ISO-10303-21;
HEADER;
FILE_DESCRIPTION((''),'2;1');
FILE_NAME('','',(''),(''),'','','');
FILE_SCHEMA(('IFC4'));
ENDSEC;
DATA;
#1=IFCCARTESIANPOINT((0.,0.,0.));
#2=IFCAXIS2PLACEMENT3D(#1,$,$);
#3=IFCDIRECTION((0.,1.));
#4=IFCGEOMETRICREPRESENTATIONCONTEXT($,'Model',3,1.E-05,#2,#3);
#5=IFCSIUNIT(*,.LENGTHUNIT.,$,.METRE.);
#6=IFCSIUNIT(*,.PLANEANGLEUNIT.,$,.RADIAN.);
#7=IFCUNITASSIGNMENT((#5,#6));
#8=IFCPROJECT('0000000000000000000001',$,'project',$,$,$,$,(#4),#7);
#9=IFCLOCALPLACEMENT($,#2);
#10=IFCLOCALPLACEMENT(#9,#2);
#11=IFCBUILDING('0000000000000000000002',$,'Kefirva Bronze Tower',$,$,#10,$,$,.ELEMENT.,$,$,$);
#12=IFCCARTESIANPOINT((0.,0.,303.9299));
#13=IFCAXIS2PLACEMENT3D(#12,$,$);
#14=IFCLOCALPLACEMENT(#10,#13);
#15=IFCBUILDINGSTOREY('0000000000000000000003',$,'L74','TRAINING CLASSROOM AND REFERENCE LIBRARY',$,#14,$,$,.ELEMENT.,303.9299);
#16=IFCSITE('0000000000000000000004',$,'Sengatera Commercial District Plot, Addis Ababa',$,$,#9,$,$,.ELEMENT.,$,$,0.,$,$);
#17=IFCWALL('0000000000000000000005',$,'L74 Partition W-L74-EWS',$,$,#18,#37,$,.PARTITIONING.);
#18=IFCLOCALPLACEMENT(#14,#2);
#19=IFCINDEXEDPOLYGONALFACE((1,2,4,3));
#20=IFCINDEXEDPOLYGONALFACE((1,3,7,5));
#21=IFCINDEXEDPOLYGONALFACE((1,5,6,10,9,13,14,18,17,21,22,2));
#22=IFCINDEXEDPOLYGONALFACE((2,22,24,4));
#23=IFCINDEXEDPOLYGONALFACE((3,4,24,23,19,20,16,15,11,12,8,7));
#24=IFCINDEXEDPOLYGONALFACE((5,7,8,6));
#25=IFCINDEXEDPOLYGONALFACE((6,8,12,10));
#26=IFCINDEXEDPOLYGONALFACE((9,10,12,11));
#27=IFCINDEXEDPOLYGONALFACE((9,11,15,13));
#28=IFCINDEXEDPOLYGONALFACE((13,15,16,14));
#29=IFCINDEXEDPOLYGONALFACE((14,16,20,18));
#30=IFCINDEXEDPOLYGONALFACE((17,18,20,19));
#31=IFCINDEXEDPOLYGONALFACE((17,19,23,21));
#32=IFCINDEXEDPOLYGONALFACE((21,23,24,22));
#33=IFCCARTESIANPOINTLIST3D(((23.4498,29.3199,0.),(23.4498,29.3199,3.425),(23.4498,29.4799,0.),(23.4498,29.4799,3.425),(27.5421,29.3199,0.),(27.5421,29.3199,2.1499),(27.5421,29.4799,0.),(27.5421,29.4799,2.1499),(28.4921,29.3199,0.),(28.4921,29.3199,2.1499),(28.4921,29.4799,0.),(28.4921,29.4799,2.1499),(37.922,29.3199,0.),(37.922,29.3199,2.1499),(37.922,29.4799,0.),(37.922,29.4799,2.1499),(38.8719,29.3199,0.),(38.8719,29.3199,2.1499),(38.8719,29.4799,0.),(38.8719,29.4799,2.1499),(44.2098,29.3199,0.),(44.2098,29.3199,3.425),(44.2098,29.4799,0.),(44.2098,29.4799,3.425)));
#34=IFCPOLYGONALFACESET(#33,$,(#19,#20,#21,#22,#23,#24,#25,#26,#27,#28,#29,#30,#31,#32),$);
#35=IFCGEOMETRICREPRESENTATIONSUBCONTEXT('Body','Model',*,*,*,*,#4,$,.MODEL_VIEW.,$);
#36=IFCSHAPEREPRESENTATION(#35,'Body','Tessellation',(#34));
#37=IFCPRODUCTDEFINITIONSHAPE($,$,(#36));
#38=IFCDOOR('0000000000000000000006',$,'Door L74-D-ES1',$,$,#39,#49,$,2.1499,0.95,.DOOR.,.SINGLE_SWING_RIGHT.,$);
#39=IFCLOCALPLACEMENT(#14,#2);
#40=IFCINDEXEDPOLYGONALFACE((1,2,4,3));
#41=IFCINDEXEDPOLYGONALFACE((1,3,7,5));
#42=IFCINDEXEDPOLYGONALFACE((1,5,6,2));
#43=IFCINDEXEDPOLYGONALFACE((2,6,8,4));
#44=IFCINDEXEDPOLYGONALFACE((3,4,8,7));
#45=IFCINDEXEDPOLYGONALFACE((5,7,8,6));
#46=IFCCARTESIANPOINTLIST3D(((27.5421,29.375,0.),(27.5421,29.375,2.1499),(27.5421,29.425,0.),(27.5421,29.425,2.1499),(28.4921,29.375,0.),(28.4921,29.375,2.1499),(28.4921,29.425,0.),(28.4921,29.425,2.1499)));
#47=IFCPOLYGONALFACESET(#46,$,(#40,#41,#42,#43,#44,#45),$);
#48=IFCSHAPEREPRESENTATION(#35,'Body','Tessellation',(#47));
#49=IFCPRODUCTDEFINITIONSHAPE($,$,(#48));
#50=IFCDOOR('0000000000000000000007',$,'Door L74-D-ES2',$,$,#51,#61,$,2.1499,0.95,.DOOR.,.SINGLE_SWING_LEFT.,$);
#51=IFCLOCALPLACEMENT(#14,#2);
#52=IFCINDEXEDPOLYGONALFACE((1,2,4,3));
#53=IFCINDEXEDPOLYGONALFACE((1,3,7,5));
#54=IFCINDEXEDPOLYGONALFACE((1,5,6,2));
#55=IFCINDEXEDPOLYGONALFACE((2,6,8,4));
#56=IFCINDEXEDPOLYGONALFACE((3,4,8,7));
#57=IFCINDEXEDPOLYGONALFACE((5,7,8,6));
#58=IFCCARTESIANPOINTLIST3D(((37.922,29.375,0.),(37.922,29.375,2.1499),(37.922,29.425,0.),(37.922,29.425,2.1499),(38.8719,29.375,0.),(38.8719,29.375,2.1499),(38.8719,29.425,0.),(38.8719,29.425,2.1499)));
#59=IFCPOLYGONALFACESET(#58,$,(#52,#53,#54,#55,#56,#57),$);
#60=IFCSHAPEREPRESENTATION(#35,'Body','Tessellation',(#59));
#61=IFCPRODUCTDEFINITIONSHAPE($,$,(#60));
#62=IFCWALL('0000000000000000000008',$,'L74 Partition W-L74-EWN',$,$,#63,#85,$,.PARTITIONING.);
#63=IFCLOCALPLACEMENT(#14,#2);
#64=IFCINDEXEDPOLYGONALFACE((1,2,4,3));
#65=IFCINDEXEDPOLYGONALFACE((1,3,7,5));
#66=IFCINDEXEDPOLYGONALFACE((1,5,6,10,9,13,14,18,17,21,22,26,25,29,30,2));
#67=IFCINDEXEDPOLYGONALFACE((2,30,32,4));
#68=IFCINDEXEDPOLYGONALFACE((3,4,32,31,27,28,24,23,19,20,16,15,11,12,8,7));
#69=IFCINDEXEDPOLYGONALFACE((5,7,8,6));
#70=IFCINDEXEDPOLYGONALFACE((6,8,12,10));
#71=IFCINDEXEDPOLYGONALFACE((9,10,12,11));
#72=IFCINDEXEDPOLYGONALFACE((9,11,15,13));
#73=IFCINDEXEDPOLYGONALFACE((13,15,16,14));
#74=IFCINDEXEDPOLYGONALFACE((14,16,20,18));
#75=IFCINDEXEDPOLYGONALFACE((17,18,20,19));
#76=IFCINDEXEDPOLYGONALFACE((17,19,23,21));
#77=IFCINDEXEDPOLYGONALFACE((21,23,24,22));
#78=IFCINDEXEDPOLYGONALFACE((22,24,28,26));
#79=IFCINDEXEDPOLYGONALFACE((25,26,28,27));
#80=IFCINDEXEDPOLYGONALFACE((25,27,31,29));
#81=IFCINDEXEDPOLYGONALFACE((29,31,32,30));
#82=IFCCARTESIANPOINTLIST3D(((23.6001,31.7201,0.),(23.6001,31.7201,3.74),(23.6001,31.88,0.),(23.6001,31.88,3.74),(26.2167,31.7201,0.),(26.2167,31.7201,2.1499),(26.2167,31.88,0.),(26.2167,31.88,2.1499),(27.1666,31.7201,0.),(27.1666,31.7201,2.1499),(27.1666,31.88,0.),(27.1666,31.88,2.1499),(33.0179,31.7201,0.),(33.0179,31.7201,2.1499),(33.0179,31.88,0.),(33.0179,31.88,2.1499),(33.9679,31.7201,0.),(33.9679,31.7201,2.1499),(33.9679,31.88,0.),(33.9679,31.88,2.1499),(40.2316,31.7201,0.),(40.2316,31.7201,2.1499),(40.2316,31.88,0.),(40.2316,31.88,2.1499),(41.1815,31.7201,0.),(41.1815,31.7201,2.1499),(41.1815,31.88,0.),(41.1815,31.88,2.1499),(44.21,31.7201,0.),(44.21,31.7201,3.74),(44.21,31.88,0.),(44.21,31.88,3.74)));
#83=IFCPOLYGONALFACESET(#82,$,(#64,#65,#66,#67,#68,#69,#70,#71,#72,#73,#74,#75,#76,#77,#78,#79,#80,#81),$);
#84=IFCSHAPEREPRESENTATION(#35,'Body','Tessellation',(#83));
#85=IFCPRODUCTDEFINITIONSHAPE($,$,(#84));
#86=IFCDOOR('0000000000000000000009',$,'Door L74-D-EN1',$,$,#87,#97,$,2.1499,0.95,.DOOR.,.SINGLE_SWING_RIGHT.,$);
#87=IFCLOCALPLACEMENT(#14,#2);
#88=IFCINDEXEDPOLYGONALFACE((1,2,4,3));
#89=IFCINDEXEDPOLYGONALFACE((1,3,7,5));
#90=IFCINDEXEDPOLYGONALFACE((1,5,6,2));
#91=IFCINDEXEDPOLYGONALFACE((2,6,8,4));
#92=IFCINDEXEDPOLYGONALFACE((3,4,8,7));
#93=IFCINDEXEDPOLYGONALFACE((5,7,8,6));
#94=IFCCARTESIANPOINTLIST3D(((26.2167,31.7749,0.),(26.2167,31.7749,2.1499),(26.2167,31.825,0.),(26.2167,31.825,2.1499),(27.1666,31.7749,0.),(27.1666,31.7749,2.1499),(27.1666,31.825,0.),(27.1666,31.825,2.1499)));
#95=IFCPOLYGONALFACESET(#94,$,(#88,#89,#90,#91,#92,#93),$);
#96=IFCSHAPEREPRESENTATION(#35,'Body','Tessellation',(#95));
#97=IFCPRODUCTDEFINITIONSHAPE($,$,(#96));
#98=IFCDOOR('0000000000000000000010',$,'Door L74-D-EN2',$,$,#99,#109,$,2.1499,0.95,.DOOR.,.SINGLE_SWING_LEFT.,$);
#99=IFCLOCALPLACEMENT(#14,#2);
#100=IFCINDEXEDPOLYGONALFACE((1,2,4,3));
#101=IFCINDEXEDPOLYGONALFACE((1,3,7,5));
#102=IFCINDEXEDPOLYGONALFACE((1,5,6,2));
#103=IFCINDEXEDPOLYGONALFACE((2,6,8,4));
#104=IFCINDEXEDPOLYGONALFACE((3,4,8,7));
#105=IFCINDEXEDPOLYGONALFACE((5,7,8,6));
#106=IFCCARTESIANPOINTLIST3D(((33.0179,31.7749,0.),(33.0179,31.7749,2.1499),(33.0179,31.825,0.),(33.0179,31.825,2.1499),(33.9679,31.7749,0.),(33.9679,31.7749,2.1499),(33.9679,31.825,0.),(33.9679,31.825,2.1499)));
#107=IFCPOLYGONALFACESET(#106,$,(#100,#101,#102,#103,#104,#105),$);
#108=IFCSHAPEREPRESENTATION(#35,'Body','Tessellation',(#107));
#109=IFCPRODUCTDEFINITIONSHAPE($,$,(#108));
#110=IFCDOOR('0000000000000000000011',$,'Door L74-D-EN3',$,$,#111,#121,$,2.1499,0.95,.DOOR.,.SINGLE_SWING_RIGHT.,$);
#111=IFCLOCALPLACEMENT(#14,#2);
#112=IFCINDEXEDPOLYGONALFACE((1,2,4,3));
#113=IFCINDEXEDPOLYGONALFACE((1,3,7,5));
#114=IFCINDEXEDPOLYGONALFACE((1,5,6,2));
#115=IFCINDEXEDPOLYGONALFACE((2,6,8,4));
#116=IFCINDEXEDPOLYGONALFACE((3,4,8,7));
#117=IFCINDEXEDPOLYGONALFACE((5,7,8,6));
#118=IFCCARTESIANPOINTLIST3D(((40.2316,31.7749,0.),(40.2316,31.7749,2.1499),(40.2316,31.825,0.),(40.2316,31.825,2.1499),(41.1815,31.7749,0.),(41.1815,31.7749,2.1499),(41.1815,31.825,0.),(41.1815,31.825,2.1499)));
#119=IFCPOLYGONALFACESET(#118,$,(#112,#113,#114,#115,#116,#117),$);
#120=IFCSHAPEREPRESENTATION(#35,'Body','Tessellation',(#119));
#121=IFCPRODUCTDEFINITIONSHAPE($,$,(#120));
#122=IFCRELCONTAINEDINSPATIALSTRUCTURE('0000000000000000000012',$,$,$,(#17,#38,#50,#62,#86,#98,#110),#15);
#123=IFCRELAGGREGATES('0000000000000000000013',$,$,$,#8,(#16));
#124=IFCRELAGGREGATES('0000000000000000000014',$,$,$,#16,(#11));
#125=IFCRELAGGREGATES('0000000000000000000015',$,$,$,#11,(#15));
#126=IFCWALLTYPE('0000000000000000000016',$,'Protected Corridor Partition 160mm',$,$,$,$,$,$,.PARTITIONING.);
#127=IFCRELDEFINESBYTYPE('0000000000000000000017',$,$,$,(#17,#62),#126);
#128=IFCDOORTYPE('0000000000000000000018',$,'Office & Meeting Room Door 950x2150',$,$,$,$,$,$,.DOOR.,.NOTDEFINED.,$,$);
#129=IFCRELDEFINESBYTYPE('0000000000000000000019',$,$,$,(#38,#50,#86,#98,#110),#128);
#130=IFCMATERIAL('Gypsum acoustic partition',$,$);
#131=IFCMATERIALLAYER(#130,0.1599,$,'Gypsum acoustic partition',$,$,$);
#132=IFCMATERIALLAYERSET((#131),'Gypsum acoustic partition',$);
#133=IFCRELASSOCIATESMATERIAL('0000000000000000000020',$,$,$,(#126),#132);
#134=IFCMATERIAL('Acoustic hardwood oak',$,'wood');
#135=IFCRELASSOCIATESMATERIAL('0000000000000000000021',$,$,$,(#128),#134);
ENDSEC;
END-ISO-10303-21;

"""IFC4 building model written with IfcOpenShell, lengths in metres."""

from ifc_helpers import new_model, si_unit, direction, frame, frame_2d, origin, place, context, subcontext, project, spatial, rectangle, extrude, material, layer, layer_set, type_object, element, fill, save


model = new_model("IFC4")

# Units and contexts
model_context = context("Model", 3, precision=1e-05, world=origin(), true_north=direction((0.0, 1.0)))
body_context = subcontext(model_context, "Body", "Model", "MODEL_VIEW")
ifc_project = project(units=[si_unit("LENGTHUNIT", "METRE"), si_unit("PLANEANGLEUNIT", "RADIAN")], contexts=[model_context])

# Site, building, storey
site_placement = place(None, origin())
site = spatial("IfcSite", under=ifc_project, at=site_placement, Name="Sengatera Commercial District Plot, Addis Ababa", CompositionType="ELEMENT", RefElevation=0.0)
building_placement = place(site_placement, origin())
building = spatial("IfcBuilding", under=site, at=building_placement, Name="Kefirva Bronze Tower", CompositionType="ELEMENT")
storey_placement = place(building_placement, frame((0.0, 0.0, 303.9299)))
storey = spatial("IfcBuildingStorey", under=building, at=storey_placement, Name="L74", Description="TRAINING CLASSROOM AND REFERENCE LIBRARY", CompositionType="ELEMENT", Elevation=303.9299)

# Shared definitions
ifc_material_1 = material(Name="Gypsum acoustic partition")

# Walls, openings, doors
ifc_layer_1 = layer(ifc_material_1, 0.1599, Name="Gypsum acoustic partition")
ifc_layer_set_1 = layer_set([ifc_layer_1], Name="Gypsum acoustic partition")
wall_type_1 = type_object("IfcWallType", Name="Protected Corridor Partition 160mm", PredefinedType="PARTITIONING", material=ifc_layer_set_1)
wall_1_placement = place(storey_placement, frame((23.45, 29.3999, 0.0), z_axis=(0.0, 0.0, 1.0), x_axis=(1.0, 0.0, 0.0)))
wall_1 = element("IfcWall", 1, at=wall_1_placement, inside=storey, type_object=wall_type_1, Name="L74 Partition W-L74-EWS", PredefinedType="PARTITIONING", context=body_context, shape_type="SweptSolid", body=[
    extrude(rectangle(XDim=20.76, YDim=0.1599, at=frame_2d((10.3799, 0.0))), origin(), (0.0, 0.0, 1.0), 3.425),
])
opening_1_placement = place(wall_1_placement, frame((5.0422, 0.0, 0.0), z_axis=(0.0, 0.0, 1.0), x_axis=(-1.0, 0.0, 0.0)))
opening_1 = element("IfcOpeningElement", 2, at=opening_1_placement, cuts=wall_1, PredefinedType="OPENING", context=body_context, shape_type="SweptSolid", body=[
    extrude(rectangle(XDim=0.95, YDim=2.1499, at=frame_2d((0.4751, 1.075))), frame((0.0, 0.0898, 0.0), z_axis=(0.0, -1.0, 0.0), x_axis=(1.0, 0.0, 0.0)), (0.0, 0.0, 1.0), 0.1799),
])
opening_2_placement = place(wall_1_placement, frame((15.4221, 0.0, 0.0), z_axis=(0.0, 0.0, 1.0), x_axis=(-1.0, 0.0, 0.0)))
opening_2 = element("IfcOpeningElement", 3, at=opening_2_placement, cuts=wall_1, PredefinedType="OPENING", context=body_context, shape_type="SweptSolid", body=[
    extrude(rectangle(XDim=0.95, YDim=2.1499, at=frame_2d((0.4751, 1.075))), frame((0.0, 0.0898, 0.0), z_axis=(0.0, -1.0, 0.0), x_axis=(1.0, 0.0, 0.0)), (0.0, 0.0, 1.0), 0.1799),
])
ifc_material_2 = material(Name="Acoustic hardwood oak", Category="wood")
door_type = type_object("IfcDoorType", Name="Office & Meeting Room Door 950x2150", OperationType="NOTDEFINED", PredefinedType="DOOR", material=ifc_material_2)
door_1_placement = place(opening_1_placement, origin())
door_1 = element("IfcDoor", 4, at=door_1_placement, inside=storey, type_object=door_type, Name="Door L74-D-ES1", OperationType="SINGLE_SWING_RIGHT", OverallHeight=2.1499, OverallWidth=0.95, PredefinedType="DOOR", context=body_context, shape_type="SweptSolid", body=[
    extrude(rectangle(XDim=0.95, YDim=2.1499, at=frame_2d((0.4751, 1.075))), frame((0.0, 0.0249, 0.0), z_axis=(0.0, -1.0, 0.0), x_axis=(1.0, 0.0, 0.0)), (0.0, 0.0, 1.0), 0.05),
])
fill(opening_1, door_1)
door_2_placement = place(opening_2_placement, origin())
door_2 = element("IfcDoor", 5, at=door_2_placement, inside=storey, type_object=door_type, Name="Door L74-D-ES2", OperationType="SINGLE_SWING_LEFT", OverallHeight=2.1499, OverallWidth=0.95, PredefinedType="DOOR", context=body_context, shape_type="SweptSolid", body=[
    extrude(rectangle(XDim=0.95, YDim=2.1499, at=frame_2d((0.4751, 1.075))), frame((0.0, 0.0249, 0.0), z_axis=(0.0, -1.0, 0.0), x_axis=(1.0, 0.0, 0.0)), (0.0, 0.0, 1.0), 0.05),
])
fill(opening_2, door_2)
wall_2_placement = place(storey_placement, frame((23.6001, 31.8, 0.0), z_axis=(0.0, 0.0, 1.0), x_axis=(1.0, 0.0, 0.0)))
wall_2 = element("IfcWall", 6, at=wall_2_placement, inside=storey, type_object=wall_type_1, Name="L74 Partition W-L74-EWN", PredefinedType="PARTITIONING", context=body_context, shape_type="SweptSolid", body=[
    extrude(rectangle(XDim=20.6099, YDim=0.1599, at=frame_2d((10.3049, 0.0))), origin(), (0.0, 0.0, 1.0), 3.74),
])
opening_3_placement = place(wall_2_placement, frame((2.6165, 0.0, 0.0)))
opening_3 = element("IfcOpeningElement", 7, at=opening_3_placement, cuts=wall_2, PredefinedType="OPENING", context=body_context, shape_type="SweptSolid", body=[
    extrude(rectangle(XDim=0.95, YDim=2.1499, at=frame_2d((0.4751, 1.075))), frame((0.0, 0.0898, 0.0), z_axis=(0.0, -1.0, 0.0), x_axis=(1.0, 0.0, 0.0)), (0.0, 0.0, 1.0), 0.1799),
])
opening_4_placement = place(wall_2_placement, frame((9.4177, 0.0, 0.0)))
opening_4 = element("IfcOpeningElement", 8, at=opening_4_placement, cuts=wall_2, PredefinedType="OPENING", context=body_context, shape_type="SweptSolid", body=[
    extrude(rectangle(XDim=0.95, YDim=2.1499, at=frame_2d((0.4751, 1.075))), frame((0.0, 0.0898, 0.0), z_axis=(0.0, -1.0, 0.0), x_axis=(1.0, 0.0, 0.0)), (0.0, 0.0, 1.0), 0.1799),
])
opening_5_placement = place(wall_2_placement, frame((16.6313, 0.0, 0.0)))
opening_5 = element("IfcOpeningElement", 9, at=opening_5_placement, cuts=wall_2, PredefinedType="OPENING", context=body_context, shape_type="SweptSolid", body=[
    extrude(rectangle(XDim=0.95, YDim=2.1499, at=frame_2d((0.4751, 1.075))), frame((0.0, 0.0898, 0.0), z_axis=(0.0, -1.0, 0.0), x_axis=(1.0, 0.0, 0.0)), (0.0, 0.0, 1.0), 0.1799),
])
door_3_placement = place(opening_3_placement, origin())
door_3 = element("IfcDoor", 10, at=door_3_placement, inside=storey, type_object=door_type, Name="Door L74-D-EN1", OperationType="SINGLE_SWING_RIGHT", OverallHeight=2.1499, OverallWidth=0.95, PredefinedType="DOOR", context=body_context, shape_type="SweptSolid", body=[
    extrude(rectangle(XDim=0.95, YDim=2.1499, at=frame_2d((0.4751, 1.075))), frame((0.0, 0.0249, 0.0), z_axis=(0.0, -1.0, 0.0), x_axis=(1.0, 0.0, 0.0)), (0.0, 0.0, 1.0), 0.05),
])
fill(opening_3, door_3)
door_4_placement = place(opening_4_placement, origin())
door_4 = element("IfcDoor", 11, at=door_4_placement, inside=storey, type_object=door_type, Name="Door L74-D-EN2", OperationType="SINGLE_SWING_LEFT", OverallHeight=2.1499, OverallWidth=0.95, PredefinedType="DOOR", context=body_context, shape_type="SweptSolid", body=[
    extrude(rectangle(XDim=0.95, YDim=2.1499, at=frame_2d((0.4751, 1.075))), frame((0.0, 0.0249, 0.0), z_axis=(0.0, -1.0, 0.0), x_axis=(1.0, 0.0, 0.0)), (0.0, 0.0, 1.0), 0.05),
])
fill(opening_4, door_4)
door_5_placement = place(opening_5_placement, origin())
door_5 = element("IfcDoor", 12, at=door_5_placement, inside=storey, type_object=door_type, Name="Door L74-D-EN3", OperationType="SINGLE_SWING_RIGHT", OverallHeight=2.1499, OverallWidth=0.95, PredefinedType="DOOR", context=body_context, shape_type="SweptSolid", body=[
    extrude(rectangle(XDim=0.95, YDim=2.1499, at=frame_2d((0.4751, 1.075))), frame((0.0, 0.0249, 0.0), z_axis=(0.0, -1.0, 0.0), x_axis=(1.0, 0.0, 0.0)), (0.0, 0.0, 1.0), 0.05),
])
fill(opening_5, door_5)

save(model, "model.ifc")
